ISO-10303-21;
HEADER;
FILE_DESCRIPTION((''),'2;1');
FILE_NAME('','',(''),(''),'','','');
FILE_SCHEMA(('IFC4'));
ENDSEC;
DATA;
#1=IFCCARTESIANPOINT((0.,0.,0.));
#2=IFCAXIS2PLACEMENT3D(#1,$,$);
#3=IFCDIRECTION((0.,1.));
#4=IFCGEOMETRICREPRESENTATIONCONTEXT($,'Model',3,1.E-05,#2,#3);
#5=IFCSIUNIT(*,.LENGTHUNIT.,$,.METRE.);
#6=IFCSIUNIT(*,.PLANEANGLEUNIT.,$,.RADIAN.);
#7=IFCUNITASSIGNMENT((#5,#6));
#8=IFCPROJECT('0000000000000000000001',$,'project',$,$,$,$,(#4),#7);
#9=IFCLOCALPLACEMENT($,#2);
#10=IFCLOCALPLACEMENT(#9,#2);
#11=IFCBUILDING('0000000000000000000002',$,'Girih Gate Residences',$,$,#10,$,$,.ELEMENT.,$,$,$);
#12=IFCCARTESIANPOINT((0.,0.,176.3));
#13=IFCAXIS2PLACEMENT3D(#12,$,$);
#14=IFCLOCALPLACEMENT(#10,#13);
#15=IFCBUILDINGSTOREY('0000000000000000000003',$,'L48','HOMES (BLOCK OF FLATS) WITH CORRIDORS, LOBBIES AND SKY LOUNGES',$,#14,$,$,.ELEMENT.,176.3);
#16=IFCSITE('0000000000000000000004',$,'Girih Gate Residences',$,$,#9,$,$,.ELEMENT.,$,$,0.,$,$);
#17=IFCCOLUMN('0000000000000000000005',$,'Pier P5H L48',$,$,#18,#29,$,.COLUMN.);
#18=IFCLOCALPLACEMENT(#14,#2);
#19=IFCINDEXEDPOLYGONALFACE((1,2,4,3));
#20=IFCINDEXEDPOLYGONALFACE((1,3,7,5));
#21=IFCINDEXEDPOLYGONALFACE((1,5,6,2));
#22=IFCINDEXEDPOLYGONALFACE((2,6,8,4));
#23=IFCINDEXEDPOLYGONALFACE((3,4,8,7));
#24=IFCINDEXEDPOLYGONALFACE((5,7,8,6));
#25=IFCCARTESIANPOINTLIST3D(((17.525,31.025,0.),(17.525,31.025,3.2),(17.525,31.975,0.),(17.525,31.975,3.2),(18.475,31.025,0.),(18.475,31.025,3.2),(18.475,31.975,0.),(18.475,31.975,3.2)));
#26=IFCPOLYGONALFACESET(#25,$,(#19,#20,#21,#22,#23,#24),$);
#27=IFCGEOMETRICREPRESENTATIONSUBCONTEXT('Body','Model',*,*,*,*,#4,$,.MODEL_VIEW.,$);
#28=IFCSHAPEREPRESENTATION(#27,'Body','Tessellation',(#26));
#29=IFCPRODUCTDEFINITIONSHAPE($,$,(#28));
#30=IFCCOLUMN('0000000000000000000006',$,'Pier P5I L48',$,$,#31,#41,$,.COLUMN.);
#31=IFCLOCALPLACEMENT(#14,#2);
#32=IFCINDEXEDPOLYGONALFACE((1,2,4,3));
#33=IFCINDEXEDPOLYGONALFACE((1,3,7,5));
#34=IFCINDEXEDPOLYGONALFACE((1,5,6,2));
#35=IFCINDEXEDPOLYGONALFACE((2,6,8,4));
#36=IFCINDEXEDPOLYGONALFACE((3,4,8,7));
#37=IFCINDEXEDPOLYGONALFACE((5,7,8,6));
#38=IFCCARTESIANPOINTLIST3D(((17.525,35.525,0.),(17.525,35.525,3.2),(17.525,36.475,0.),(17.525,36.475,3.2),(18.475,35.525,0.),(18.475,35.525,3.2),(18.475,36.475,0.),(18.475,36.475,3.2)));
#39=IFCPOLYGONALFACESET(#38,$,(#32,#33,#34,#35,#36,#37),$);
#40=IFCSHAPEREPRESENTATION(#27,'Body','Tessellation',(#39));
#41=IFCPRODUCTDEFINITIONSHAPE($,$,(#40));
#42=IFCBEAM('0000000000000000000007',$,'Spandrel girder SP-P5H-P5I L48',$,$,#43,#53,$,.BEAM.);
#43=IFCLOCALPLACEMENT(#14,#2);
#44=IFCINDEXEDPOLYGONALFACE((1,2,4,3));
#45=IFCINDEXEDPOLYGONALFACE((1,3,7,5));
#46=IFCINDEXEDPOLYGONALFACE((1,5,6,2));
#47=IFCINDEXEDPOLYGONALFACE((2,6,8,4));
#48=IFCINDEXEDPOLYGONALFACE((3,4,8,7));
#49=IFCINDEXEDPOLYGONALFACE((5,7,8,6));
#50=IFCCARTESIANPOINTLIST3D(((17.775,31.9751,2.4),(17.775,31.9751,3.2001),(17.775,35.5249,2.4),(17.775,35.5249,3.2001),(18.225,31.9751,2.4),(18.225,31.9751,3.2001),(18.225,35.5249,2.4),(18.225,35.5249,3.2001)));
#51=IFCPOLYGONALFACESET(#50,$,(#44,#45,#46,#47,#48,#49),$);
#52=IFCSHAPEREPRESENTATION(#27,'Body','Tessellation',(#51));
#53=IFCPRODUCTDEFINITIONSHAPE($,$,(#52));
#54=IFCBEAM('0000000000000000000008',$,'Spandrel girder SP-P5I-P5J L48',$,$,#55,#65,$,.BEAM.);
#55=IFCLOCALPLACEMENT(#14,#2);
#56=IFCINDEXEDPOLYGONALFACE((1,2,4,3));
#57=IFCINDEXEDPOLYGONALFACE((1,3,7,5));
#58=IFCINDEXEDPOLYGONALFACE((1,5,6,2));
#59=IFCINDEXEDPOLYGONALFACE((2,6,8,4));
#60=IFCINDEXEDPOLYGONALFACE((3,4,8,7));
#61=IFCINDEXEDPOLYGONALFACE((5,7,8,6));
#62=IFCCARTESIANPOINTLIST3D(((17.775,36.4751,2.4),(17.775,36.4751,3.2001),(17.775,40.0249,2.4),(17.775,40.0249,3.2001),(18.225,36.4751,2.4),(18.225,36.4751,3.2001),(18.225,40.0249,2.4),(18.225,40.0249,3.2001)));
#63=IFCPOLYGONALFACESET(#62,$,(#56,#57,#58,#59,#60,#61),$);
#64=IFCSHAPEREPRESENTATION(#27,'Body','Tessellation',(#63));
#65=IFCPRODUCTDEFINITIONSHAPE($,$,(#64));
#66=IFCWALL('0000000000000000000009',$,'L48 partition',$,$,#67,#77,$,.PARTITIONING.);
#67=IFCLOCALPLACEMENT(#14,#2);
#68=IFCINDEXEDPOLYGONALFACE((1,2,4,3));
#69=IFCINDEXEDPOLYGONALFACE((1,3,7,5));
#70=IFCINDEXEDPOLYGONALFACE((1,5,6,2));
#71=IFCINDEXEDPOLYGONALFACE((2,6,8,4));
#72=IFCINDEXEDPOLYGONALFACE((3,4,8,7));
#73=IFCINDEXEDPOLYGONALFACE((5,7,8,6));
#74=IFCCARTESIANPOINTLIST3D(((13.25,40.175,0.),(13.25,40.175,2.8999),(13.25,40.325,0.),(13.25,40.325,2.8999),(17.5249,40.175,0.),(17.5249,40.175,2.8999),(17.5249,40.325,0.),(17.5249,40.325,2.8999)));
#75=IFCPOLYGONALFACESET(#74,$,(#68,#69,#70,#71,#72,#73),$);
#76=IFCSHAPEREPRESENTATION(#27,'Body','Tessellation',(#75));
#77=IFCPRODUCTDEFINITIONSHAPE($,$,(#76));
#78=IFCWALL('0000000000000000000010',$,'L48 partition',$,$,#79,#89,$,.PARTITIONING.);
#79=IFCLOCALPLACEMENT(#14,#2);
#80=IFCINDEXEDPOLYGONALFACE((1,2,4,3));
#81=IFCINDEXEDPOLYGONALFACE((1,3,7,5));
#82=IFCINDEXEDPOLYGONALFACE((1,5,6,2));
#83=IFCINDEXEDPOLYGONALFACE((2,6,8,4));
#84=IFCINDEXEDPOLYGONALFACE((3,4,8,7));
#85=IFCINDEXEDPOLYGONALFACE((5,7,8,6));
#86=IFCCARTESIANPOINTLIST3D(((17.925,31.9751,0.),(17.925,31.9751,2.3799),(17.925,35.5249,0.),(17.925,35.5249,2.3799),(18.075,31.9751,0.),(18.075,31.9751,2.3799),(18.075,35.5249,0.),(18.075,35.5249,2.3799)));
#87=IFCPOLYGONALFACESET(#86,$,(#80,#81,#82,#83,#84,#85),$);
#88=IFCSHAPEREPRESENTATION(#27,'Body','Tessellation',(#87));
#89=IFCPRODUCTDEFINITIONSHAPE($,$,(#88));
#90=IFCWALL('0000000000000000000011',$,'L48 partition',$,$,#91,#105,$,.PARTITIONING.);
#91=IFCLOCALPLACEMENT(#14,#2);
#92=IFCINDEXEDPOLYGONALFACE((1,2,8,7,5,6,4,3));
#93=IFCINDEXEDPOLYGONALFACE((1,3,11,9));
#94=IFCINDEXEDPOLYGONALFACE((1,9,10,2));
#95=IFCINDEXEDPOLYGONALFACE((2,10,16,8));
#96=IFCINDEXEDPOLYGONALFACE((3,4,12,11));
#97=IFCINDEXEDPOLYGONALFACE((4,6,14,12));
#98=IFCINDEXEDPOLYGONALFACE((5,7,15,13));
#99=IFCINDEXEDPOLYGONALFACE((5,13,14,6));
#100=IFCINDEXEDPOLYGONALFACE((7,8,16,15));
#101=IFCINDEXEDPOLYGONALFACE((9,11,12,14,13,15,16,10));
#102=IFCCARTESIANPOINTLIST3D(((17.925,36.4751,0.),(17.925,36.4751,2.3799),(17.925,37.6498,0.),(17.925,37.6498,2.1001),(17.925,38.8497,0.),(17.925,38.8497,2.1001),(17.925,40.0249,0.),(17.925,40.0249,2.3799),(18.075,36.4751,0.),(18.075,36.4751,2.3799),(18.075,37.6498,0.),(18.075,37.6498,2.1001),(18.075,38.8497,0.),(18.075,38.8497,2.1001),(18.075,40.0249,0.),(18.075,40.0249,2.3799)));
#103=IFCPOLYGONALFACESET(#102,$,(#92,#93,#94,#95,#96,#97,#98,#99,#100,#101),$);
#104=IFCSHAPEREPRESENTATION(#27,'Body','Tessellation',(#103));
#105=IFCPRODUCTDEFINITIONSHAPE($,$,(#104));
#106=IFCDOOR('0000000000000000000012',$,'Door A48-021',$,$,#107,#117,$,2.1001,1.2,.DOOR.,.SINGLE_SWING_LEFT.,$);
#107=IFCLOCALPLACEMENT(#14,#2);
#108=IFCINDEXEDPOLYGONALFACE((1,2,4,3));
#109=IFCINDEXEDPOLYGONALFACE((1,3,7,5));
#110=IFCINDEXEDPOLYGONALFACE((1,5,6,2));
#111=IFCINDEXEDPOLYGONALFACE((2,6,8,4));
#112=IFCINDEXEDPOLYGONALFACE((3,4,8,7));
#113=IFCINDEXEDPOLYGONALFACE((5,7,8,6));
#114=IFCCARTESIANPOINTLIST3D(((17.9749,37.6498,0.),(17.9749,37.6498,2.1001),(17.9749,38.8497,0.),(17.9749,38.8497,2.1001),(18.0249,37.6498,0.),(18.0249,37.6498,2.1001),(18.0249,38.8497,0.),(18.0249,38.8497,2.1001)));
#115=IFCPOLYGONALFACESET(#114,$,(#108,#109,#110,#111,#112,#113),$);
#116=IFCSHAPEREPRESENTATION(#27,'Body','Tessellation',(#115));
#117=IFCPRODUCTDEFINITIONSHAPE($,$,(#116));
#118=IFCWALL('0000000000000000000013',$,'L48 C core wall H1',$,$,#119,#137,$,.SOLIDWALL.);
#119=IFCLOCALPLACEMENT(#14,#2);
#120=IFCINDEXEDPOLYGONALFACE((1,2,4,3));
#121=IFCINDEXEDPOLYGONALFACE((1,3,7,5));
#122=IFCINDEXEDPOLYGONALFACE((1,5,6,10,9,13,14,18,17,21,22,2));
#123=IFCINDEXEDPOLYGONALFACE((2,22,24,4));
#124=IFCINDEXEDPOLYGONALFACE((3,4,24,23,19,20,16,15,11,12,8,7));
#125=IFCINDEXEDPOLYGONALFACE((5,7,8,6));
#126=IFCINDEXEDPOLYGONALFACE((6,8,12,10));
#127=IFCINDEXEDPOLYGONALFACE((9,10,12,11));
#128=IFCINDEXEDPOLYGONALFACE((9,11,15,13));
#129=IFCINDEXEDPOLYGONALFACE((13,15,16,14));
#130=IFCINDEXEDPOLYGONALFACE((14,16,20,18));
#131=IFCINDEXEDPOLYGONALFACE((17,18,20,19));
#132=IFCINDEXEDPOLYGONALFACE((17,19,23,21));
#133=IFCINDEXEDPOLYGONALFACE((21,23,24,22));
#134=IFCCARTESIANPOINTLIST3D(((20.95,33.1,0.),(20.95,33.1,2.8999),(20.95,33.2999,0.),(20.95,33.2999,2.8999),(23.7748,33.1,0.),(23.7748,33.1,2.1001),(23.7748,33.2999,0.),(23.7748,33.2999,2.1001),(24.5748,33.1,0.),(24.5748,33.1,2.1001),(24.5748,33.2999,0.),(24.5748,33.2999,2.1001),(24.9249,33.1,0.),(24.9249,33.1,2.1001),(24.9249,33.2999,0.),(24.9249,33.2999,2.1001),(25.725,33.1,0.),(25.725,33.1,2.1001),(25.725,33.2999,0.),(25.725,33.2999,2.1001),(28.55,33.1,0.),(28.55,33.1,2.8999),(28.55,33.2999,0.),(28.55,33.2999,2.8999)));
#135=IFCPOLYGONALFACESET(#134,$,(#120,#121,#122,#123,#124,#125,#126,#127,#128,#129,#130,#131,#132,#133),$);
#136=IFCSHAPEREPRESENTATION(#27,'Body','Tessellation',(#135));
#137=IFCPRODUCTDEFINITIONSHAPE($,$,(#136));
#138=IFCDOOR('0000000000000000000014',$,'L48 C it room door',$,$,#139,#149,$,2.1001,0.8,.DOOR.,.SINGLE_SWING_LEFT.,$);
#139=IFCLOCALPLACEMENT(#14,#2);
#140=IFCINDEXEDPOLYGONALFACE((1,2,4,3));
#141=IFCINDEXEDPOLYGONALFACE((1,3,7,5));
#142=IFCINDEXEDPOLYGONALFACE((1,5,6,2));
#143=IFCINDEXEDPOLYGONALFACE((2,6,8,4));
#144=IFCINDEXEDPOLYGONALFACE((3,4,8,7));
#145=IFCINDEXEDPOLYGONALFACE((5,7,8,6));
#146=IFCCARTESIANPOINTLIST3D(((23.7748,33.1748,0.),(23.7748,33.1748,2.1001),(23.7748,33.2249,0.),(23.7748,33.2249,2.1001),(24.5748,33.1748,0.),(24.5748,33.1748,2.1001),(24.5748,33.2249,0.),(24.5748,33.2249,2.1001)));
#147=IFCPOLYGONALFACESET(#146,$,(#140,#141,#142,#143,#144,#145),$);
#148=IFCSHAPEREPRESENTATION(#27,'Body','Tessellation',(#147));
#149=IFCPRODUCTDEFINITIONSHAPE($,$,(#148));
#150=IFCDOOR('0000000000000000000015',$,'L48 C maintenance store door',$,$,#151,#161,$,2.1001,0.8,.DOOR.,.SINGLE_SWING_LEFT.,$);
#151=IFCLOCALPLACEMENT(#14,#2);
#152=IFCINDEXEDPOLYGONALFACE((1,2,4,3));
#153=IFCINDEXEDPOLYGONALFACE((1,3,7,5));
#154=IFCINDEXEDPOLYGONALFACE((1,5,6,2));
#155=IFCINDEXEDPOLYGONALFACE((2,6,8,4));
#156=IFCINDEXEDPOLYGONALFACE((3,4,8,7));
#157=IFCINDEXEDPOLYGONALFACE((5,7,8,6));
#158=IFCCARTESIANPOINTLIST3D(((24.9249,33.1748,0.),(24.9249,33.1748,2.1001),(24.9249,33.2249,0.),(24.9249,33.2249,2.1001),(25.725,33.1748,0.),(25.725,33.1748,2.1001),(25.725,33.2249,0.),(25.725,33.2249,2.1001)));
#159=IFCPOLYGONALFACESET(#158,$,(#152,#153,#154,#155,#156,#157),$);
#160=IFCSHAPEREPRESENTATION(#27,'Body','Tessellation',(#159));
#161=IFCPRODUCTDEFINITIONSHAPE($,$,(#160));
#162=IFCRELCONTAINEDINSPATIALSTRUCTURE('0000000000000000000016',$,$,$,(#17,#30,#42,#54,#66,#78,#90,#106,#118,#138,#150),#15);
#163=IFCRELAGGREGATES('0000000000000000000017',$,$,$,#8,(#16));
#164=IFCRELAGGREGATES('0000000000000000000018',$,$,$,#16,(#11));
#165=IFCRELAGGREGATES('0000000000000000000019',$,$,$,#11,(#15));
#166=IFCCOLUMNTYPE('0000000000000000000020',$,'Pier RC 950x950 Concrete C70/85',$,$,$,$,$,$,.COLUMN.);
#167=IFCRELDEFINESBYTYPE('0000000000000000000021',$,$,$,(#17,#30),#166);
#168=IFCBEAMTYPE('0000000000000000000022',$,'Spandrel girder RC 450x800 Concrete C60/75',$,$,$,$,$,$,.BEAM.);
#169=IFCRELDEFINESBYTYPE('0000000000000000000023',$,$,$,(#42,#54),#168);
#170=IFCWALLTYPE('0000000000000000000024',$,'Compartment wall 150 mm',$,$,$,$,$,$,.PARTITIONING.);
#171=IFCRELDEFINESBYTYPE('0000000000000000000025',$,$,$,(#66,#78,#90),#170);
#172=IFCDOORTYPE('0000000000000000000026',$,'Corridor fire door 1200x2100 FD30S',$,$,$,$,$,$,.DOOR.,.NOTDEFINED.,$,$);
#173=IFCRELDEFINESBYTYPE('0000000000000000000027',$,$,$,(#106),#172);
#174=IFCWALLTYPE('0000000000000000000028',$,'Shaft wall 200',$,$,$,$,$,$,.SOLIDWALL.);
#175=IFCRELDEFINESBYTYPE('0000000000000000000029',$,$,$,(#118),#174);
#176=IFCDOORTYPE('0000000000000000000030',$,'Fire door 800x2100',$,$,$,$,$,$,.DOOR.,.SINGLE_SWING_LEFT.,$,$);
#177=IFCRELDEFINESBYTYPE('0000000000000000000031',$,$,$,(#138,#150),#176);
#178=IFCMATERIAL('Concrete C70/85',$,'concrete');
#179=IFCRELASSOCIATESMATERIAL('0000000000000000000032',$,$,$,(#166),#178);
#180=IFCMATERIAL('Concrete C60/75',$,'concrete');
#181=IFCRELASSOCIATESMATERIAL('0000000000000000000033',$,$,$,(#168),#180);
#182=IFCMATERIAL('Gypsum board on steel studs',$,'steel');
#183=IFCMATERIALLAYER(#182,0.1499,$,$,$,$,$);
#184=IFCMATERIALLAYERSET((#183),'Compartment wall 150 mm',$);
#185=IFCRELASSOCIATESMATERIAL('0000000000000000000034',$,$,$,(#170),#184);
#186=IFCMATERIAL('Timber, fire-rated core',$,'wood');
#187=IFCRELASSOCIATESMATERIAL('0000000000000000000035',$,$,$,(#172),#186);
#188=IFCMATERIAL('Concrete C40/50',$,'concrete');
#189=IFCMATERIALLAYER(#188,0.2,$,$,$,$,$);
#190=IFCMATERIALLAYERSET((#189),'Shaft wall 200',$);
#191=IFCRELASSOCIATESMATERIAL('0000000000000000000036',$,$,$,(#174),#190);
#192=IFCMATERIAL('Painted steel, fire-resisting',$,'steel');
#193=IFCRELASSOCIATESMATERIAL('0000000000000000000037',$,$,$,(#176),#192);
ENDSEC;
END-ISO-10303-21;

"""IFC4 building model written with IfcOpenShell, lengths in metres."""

from ifc_helpers import new_model, si_unit, direction, frame, frame_2d, origin, origin_2d, place, context, subcontext, project, spatial, rectangle, extrude, material, layer, layer_set, material_profile, profile_set, type_object, element, fill, save


model = new_model("IFC4")

# Units and contexts
model_context = context("Model", 3, precision=1e-05, world=origin(), true_north=direction((0.0, 1.0)))
body_context = subcontext(model_context, "Body", "Model", "MODEL_VIEW")
ifc_project = project(units=[si_unit("LENGTHUNIT", "METRE"), si_unit("PLANEANGLEUNIT", "RADIAN")], contexts=[model_context])

# Site, building, storey
site_placement = place(None, origin())
site = spatial("IfcSite", under=ifc_project, at=site_placement, Name="Girih Gate Residences", CompositionType="ELEMENT", RefElevation=0.0)
building_placement = place(site_placement, origin())
building = spatial("IfcBuilding", under=site, at=building_placement, Name="Girih Gate Residences", CompositionType="ELEMENT")
storey_placement = place(building_placement, frame((0.0, 0.0, 176.3)))
storey = spatial("IfcBuildingStorey", under=building, at=storey_placement, Name="L48", Description="HOMES (BLOCK OF FLATS) WITH CORRIDORS, LOBBIES AND SKY LOUNGES", CompositionType="ELEMENT", Elevation=176.3)

# Columns
ifc_material_1 = material(Name="Concrete C70/85", Category="concrete")
ifc_material_profile_1 = material_profile(ifc_material_1, rectangle(XDim=0.95, YDim=0.95, at=origin_2d()))
ifc_profile_set_1 = profile_set([ifc_material_profile_1], Name="Concrete C70/85")
column_type = type_object("IfcColumnType", Name="Pier RC 950x950 Concrete C70/85", PredefinedType="COLUMN", material=ifc_profile_set_1)
for number, where, z_axis, x_axis, name in (
    (1, (18.0, 31.5, 0.0), (0.0, 0.0, 1.0), (1.0, 0.0, 0.0), "Pier P5H L48"),
    (2, (18.0, 36.0, 0.0), (0.0, 0.0, 1.0), (1.0, 0.0, 0.0), "Pier P5I L48"),
):
    element("IfcColumn", number, at=place(storey_placement, frame(where, z_axis=z_axis, x_axis=x_axis)), inside=storey, type_object=column_type, Name=name, PredefinedType="COLUMN", context=body_context, shape_type="SweptSolid", body=[
        extrude(rectangle(XDim=0.95, YDim=0.95, at=origin_2d()), origin(), (0.0, 0.0, 1.0), 3.2),
    ])

# Beams
ifc_material_2 = material(Name="Concrete C60/75", Category="concrete")
ifc_material_profile_2 = material_profile(ifc_material_2, rectangle(XDim=0.45, YDim=0.8, at=origin_2d()))
ifc_profile_set_2 = profile_set([ifc_material_profile_2], Name="Concrete C60/75")
beam_type = type_object("IfcBeamType", Name="Spandrel girder RC 450x800 Concrete C60/75", PredefinedType="BEAM", material=ifc_profile_set_2)
for number, where, z_axis, x_axis, name in (
    (3, (18.0, 31.9751, 2.8), (0.0, 1.0, 0.0), (-1.0, 0.0, 0.0), "Spandrel girder SP-P5H-P5I L48"),
    (4, (18.0, 36.4751, 2.8), (0.0, 1.0, 0.0), (-1.0, 0.0, 0.0), "Spandrel girder SP-P5I-P5J L48"),
):
    element("IfcBeam", number, at=place(storey_placement, frame(where, z_axis=z_axis, x_axis=x_axis)), inside=storey, type_object=beam_type, Name=name, PredefinedType="BEAM", context=body_context, shape_type="SweptSolid", body=[
        extrude(rectangle(XDim=0.45, YDim=0.8, at=origin_2d()), origin(), (0.0, 0.0, 1.0), 3.5498),
    ])

# Wall
ifc_material_3 = material(Name="Gypsum board on steel studs", Category="steel")
ifc_layer_1 = layer(ifc_material_3, 0.1499)
ifc_layer_set_1 = layer_set([ifc_layer_1], Name="Compartment wall 150 mm")
wall_type_1 = type_object("IfcWallType", Name="Compartment wall 150 mm", PredefinedType="PARTITIONING", material=ifc_layer_set_1)
wall_1_placement = place(storey_placement, frame((13.25, 40.25, 0.0), z_axis=(0.0, 0.0, 1.0), x_axis=(1.0, 0.0, 0.0)))
element("IfcWall", 5, at=wall_1_placement, inside=storey, type_object=wall_type_1, Name="L48 partition", PredefinedType="PARTITIONING", context=body_context, shape_type="SweptSolid", body=[
    extrude(rectangle(XDim=4.2749, YDim=0.1499, at=frame_2d((2.1375, 0.0))), origin(), (0.0, 0.0, 1.0), 2.8999),
])

# Shared definitions
ifc_material_4 = material(Name="Timber, fire-rated core", Category="wood")

# Wall
wall_2_placement = place(storey_placement, frame((18.0, 31.9751, 0.0), z_axis=(0.0, 0.0, 1.0), x_axis=(0.0, 1.0, 0.0)))
element("IfcWall", 6, at=wall_2_placement, inside=storey, type_object=wall_type_1, Name="L48 partition", PredefinedType="PARTITIONING", context=body_context, shape_type="SweptSolid", body=[
    extrude(rectangle(XDim=3.5498, YDim=0.1499, at=frame_2d((1.7749, 0.0))), origin(), (0.0, 0.0, 1.0), 2.3799),
])

# Wall, opening, door
wall_3_placement = place(storey_placement, frame((18.0, 40.0249, 0.0), z_axis=(0.0, 0.0, 1.0), x_axis=(0.0, -1.0, 0.0)))
wall_3 = element("IfcWall", 7, at=wall_3_placement, inside=storey, type_object=wall_type_1, Name="L48 partition", PredefinedType="PARTITIONING", context=body_context, shape_type="SweptSolid", body=[
    extrude(rectangle(XDim=3.5498, YDim=0.1499, at=frame_2d((1.7749, 0.0))), origin(), (0.0, 0.0, 1.0), 2.3799),
])
opening_1_placement = place(wall_3_placement, frame((1.175, 0.0, 0.0)))
opening_1 = element("IfcOpeningElement", 8, at=opening_1_placement, cuts=wall_3, PredefinedType="OPENING", context=body_context, shape_type="SweptSolid", body=[
    extrude(rectangle(XDim=1.2, YDim=2.1001, at=frame_2d((0.6001, 1.05))), frame((0.0, 0.085, 0.0), z_axis=(0.0, -1.0, 0.0), x_axis=(1.0, 0.0, 0.0)), (0.0, 0.0, 1.0), 0.1699),
])
door_type_1 = type_object("IfcDoorType", Name="Corridor fire door 1200x2100 FD30S", OperationType="NOTDEFINED", PredefinedType="DOOR", material=ifc_material_4)
door_1_placement = place(opening_1_placement, origin())
door_1 = element("IfcDoor", 9, at=door_1_placement, inside=storey, type_object=door_type_1, Name="Door A48-021", OperationType="SINGLE_SWING_LEFT", OverallHeight=2.1001, OverallWidth=1.2, PredefinedType="DOOR", context=body_context, shape_type="SweptSolid", body=[
    extrude(rectangle(XDim=1.2, YDim=2.1001, at=frame_2d((0.6001, 1.05))), frame((0.0, 0.0249, 0.0), z_axis=(0.0, -1.0, 0.0), x_axis=(1.0, 0.0, 0.0)), (0.0, 0.0, 1.0), 0.05),
])
fill(opening_1, door_1)

# Wall, openings, doors
ifc_material_5 = material(Name="Concrete C40/50", Category="concrete")
ifc_layer_2 = layer(ifc_material_5, 0.2)
ifc_layer_set_2 = layer_set([ifc_layer_2], Name="Shaft wall 200")
wall_type_2 = type_object("IfcWallType", Name="Shaft wall 200", PredefinedType="SOLIDWALL", material=ifc_layer_set_2)
wall_4_placement = place(storey_placement, frame((20.95, 33.2, 0.0), z_axis=(0.0, 0.0, 1.0), x_axis=(1.0, 0.0, 0.0)))
wall_4 = element("IfcWall", 10, at=wall_4_placement, inside=storey, type_object=wall_type_2, Name="L48 C core wall H1", PredefinedType="SOLIDWALL", context=body_context, shape_type="SweptSolid", body=[
    extrude(rectangle(XDim=7.6001, YDim=0.2, at=frame_2d((3.8, 0.0))), origin(), (0.0, 0.0, 1.0), 2.8999),
])
opening_2_placement = place(wall_4_placement, frame((2.825, 0.0, 0.0)))
opening_2 = element("IfcOpeningElement", 11, at=opening_2_placement, cuts=wall_4, PredefinedType="OPENING", context=body_context, shape_type="SweptSolid", body=[
    extrude(rectangle(XDim=0.8, YDim=2.1001, at=frame_2d((0.3999, 1.05))), frame((0.0, 0.1099, 0.0), z_axis=(0.0, -1.0, 0.0), x_axis=(1.0, 0.0, 0.0)), (0.0, 0.0, 1.0), 0.22),
])
opening_3_placement = place(wall_4_placement, frame((3.9751, 0.0, 0.0)))
opening_3 = element("IfcOpeningElement", 12, at=opening_3_placement, cuts=wall_4, PredefinedType="OPENING", context=body_context, shape_type="SweptSolid", body=[
    extrude(rectangle(XDim=0.8, YDim=2.1001, at=frame_2d((0.3999, 1.05))), frame((0.0, 0.1099, 0.0), z_axis=(0.0, -1.0, 0.0), x_axis=(1.0, 0.0, 0.0)), (0.0, 0.0, 1.0), 0.22),
])
ifc_material_6 = material(Name="Painted steel, fire-resisting", Category="steel")
door_type_2 = type_object("IfcDoorType", Name="Fire door 800x2100", OperationType="SINGLE_SWING_LEFT", PredefinedType="DOOR", material=ifc_material_6)
door_2_placement = place(opening_2_placement, origin())
door_2 = element("IfcDoor", 13, at=door_2_placement, inside=storey, type_object=door_type_2, Name="L48 C it room door", OperationType="SINGLE_SWING_LEFT", OverallHeight=2.1001, OverallWidth=0.8, PredefinedType="DOOR", context=body_context, shape_type="SweptSolid", body=[
    extrude(rectangle(XDim=0.8, YDim=2.1001, at=frame_2d((0.3999, 1.05))), frame((0.0, 0.0249, 0.0), z_axis=(0.0, -1.0, 0.0), x_axis=(1.0, 0.0, 0.0)), (0.0, 0.0, 1.0), 0.05),
])
fill(opening_2, door_2)
door_3_placement = place(opening_3_placement, origin())
door_3 = element("IfcDoor", 14, at=door_3_placement, inside=storey, type_object=door_type_2, Name="L48 C maintenance store door", OperationType="SINGLE_SWING_LEFT", OverallHeight=2.1001, OverallWidth=0.8, PredefinedType="DOOR", context=body_context, shape_type="SweptSolid", body=[
    extrude(rectangle(XDim=0.8, YDim=2.1001, at=frame_2d((0.3999, 1.05))), frame((0.0, 0.0249, 0.0), z_axis=(0.0, -1.0, 0.0), x_axis=(1.0, 0.0, 0.0)), (0.0, 0.0, 1.0), 0.05),
])
fill(opening_3, door_3)

save(model, "model.ifc")
